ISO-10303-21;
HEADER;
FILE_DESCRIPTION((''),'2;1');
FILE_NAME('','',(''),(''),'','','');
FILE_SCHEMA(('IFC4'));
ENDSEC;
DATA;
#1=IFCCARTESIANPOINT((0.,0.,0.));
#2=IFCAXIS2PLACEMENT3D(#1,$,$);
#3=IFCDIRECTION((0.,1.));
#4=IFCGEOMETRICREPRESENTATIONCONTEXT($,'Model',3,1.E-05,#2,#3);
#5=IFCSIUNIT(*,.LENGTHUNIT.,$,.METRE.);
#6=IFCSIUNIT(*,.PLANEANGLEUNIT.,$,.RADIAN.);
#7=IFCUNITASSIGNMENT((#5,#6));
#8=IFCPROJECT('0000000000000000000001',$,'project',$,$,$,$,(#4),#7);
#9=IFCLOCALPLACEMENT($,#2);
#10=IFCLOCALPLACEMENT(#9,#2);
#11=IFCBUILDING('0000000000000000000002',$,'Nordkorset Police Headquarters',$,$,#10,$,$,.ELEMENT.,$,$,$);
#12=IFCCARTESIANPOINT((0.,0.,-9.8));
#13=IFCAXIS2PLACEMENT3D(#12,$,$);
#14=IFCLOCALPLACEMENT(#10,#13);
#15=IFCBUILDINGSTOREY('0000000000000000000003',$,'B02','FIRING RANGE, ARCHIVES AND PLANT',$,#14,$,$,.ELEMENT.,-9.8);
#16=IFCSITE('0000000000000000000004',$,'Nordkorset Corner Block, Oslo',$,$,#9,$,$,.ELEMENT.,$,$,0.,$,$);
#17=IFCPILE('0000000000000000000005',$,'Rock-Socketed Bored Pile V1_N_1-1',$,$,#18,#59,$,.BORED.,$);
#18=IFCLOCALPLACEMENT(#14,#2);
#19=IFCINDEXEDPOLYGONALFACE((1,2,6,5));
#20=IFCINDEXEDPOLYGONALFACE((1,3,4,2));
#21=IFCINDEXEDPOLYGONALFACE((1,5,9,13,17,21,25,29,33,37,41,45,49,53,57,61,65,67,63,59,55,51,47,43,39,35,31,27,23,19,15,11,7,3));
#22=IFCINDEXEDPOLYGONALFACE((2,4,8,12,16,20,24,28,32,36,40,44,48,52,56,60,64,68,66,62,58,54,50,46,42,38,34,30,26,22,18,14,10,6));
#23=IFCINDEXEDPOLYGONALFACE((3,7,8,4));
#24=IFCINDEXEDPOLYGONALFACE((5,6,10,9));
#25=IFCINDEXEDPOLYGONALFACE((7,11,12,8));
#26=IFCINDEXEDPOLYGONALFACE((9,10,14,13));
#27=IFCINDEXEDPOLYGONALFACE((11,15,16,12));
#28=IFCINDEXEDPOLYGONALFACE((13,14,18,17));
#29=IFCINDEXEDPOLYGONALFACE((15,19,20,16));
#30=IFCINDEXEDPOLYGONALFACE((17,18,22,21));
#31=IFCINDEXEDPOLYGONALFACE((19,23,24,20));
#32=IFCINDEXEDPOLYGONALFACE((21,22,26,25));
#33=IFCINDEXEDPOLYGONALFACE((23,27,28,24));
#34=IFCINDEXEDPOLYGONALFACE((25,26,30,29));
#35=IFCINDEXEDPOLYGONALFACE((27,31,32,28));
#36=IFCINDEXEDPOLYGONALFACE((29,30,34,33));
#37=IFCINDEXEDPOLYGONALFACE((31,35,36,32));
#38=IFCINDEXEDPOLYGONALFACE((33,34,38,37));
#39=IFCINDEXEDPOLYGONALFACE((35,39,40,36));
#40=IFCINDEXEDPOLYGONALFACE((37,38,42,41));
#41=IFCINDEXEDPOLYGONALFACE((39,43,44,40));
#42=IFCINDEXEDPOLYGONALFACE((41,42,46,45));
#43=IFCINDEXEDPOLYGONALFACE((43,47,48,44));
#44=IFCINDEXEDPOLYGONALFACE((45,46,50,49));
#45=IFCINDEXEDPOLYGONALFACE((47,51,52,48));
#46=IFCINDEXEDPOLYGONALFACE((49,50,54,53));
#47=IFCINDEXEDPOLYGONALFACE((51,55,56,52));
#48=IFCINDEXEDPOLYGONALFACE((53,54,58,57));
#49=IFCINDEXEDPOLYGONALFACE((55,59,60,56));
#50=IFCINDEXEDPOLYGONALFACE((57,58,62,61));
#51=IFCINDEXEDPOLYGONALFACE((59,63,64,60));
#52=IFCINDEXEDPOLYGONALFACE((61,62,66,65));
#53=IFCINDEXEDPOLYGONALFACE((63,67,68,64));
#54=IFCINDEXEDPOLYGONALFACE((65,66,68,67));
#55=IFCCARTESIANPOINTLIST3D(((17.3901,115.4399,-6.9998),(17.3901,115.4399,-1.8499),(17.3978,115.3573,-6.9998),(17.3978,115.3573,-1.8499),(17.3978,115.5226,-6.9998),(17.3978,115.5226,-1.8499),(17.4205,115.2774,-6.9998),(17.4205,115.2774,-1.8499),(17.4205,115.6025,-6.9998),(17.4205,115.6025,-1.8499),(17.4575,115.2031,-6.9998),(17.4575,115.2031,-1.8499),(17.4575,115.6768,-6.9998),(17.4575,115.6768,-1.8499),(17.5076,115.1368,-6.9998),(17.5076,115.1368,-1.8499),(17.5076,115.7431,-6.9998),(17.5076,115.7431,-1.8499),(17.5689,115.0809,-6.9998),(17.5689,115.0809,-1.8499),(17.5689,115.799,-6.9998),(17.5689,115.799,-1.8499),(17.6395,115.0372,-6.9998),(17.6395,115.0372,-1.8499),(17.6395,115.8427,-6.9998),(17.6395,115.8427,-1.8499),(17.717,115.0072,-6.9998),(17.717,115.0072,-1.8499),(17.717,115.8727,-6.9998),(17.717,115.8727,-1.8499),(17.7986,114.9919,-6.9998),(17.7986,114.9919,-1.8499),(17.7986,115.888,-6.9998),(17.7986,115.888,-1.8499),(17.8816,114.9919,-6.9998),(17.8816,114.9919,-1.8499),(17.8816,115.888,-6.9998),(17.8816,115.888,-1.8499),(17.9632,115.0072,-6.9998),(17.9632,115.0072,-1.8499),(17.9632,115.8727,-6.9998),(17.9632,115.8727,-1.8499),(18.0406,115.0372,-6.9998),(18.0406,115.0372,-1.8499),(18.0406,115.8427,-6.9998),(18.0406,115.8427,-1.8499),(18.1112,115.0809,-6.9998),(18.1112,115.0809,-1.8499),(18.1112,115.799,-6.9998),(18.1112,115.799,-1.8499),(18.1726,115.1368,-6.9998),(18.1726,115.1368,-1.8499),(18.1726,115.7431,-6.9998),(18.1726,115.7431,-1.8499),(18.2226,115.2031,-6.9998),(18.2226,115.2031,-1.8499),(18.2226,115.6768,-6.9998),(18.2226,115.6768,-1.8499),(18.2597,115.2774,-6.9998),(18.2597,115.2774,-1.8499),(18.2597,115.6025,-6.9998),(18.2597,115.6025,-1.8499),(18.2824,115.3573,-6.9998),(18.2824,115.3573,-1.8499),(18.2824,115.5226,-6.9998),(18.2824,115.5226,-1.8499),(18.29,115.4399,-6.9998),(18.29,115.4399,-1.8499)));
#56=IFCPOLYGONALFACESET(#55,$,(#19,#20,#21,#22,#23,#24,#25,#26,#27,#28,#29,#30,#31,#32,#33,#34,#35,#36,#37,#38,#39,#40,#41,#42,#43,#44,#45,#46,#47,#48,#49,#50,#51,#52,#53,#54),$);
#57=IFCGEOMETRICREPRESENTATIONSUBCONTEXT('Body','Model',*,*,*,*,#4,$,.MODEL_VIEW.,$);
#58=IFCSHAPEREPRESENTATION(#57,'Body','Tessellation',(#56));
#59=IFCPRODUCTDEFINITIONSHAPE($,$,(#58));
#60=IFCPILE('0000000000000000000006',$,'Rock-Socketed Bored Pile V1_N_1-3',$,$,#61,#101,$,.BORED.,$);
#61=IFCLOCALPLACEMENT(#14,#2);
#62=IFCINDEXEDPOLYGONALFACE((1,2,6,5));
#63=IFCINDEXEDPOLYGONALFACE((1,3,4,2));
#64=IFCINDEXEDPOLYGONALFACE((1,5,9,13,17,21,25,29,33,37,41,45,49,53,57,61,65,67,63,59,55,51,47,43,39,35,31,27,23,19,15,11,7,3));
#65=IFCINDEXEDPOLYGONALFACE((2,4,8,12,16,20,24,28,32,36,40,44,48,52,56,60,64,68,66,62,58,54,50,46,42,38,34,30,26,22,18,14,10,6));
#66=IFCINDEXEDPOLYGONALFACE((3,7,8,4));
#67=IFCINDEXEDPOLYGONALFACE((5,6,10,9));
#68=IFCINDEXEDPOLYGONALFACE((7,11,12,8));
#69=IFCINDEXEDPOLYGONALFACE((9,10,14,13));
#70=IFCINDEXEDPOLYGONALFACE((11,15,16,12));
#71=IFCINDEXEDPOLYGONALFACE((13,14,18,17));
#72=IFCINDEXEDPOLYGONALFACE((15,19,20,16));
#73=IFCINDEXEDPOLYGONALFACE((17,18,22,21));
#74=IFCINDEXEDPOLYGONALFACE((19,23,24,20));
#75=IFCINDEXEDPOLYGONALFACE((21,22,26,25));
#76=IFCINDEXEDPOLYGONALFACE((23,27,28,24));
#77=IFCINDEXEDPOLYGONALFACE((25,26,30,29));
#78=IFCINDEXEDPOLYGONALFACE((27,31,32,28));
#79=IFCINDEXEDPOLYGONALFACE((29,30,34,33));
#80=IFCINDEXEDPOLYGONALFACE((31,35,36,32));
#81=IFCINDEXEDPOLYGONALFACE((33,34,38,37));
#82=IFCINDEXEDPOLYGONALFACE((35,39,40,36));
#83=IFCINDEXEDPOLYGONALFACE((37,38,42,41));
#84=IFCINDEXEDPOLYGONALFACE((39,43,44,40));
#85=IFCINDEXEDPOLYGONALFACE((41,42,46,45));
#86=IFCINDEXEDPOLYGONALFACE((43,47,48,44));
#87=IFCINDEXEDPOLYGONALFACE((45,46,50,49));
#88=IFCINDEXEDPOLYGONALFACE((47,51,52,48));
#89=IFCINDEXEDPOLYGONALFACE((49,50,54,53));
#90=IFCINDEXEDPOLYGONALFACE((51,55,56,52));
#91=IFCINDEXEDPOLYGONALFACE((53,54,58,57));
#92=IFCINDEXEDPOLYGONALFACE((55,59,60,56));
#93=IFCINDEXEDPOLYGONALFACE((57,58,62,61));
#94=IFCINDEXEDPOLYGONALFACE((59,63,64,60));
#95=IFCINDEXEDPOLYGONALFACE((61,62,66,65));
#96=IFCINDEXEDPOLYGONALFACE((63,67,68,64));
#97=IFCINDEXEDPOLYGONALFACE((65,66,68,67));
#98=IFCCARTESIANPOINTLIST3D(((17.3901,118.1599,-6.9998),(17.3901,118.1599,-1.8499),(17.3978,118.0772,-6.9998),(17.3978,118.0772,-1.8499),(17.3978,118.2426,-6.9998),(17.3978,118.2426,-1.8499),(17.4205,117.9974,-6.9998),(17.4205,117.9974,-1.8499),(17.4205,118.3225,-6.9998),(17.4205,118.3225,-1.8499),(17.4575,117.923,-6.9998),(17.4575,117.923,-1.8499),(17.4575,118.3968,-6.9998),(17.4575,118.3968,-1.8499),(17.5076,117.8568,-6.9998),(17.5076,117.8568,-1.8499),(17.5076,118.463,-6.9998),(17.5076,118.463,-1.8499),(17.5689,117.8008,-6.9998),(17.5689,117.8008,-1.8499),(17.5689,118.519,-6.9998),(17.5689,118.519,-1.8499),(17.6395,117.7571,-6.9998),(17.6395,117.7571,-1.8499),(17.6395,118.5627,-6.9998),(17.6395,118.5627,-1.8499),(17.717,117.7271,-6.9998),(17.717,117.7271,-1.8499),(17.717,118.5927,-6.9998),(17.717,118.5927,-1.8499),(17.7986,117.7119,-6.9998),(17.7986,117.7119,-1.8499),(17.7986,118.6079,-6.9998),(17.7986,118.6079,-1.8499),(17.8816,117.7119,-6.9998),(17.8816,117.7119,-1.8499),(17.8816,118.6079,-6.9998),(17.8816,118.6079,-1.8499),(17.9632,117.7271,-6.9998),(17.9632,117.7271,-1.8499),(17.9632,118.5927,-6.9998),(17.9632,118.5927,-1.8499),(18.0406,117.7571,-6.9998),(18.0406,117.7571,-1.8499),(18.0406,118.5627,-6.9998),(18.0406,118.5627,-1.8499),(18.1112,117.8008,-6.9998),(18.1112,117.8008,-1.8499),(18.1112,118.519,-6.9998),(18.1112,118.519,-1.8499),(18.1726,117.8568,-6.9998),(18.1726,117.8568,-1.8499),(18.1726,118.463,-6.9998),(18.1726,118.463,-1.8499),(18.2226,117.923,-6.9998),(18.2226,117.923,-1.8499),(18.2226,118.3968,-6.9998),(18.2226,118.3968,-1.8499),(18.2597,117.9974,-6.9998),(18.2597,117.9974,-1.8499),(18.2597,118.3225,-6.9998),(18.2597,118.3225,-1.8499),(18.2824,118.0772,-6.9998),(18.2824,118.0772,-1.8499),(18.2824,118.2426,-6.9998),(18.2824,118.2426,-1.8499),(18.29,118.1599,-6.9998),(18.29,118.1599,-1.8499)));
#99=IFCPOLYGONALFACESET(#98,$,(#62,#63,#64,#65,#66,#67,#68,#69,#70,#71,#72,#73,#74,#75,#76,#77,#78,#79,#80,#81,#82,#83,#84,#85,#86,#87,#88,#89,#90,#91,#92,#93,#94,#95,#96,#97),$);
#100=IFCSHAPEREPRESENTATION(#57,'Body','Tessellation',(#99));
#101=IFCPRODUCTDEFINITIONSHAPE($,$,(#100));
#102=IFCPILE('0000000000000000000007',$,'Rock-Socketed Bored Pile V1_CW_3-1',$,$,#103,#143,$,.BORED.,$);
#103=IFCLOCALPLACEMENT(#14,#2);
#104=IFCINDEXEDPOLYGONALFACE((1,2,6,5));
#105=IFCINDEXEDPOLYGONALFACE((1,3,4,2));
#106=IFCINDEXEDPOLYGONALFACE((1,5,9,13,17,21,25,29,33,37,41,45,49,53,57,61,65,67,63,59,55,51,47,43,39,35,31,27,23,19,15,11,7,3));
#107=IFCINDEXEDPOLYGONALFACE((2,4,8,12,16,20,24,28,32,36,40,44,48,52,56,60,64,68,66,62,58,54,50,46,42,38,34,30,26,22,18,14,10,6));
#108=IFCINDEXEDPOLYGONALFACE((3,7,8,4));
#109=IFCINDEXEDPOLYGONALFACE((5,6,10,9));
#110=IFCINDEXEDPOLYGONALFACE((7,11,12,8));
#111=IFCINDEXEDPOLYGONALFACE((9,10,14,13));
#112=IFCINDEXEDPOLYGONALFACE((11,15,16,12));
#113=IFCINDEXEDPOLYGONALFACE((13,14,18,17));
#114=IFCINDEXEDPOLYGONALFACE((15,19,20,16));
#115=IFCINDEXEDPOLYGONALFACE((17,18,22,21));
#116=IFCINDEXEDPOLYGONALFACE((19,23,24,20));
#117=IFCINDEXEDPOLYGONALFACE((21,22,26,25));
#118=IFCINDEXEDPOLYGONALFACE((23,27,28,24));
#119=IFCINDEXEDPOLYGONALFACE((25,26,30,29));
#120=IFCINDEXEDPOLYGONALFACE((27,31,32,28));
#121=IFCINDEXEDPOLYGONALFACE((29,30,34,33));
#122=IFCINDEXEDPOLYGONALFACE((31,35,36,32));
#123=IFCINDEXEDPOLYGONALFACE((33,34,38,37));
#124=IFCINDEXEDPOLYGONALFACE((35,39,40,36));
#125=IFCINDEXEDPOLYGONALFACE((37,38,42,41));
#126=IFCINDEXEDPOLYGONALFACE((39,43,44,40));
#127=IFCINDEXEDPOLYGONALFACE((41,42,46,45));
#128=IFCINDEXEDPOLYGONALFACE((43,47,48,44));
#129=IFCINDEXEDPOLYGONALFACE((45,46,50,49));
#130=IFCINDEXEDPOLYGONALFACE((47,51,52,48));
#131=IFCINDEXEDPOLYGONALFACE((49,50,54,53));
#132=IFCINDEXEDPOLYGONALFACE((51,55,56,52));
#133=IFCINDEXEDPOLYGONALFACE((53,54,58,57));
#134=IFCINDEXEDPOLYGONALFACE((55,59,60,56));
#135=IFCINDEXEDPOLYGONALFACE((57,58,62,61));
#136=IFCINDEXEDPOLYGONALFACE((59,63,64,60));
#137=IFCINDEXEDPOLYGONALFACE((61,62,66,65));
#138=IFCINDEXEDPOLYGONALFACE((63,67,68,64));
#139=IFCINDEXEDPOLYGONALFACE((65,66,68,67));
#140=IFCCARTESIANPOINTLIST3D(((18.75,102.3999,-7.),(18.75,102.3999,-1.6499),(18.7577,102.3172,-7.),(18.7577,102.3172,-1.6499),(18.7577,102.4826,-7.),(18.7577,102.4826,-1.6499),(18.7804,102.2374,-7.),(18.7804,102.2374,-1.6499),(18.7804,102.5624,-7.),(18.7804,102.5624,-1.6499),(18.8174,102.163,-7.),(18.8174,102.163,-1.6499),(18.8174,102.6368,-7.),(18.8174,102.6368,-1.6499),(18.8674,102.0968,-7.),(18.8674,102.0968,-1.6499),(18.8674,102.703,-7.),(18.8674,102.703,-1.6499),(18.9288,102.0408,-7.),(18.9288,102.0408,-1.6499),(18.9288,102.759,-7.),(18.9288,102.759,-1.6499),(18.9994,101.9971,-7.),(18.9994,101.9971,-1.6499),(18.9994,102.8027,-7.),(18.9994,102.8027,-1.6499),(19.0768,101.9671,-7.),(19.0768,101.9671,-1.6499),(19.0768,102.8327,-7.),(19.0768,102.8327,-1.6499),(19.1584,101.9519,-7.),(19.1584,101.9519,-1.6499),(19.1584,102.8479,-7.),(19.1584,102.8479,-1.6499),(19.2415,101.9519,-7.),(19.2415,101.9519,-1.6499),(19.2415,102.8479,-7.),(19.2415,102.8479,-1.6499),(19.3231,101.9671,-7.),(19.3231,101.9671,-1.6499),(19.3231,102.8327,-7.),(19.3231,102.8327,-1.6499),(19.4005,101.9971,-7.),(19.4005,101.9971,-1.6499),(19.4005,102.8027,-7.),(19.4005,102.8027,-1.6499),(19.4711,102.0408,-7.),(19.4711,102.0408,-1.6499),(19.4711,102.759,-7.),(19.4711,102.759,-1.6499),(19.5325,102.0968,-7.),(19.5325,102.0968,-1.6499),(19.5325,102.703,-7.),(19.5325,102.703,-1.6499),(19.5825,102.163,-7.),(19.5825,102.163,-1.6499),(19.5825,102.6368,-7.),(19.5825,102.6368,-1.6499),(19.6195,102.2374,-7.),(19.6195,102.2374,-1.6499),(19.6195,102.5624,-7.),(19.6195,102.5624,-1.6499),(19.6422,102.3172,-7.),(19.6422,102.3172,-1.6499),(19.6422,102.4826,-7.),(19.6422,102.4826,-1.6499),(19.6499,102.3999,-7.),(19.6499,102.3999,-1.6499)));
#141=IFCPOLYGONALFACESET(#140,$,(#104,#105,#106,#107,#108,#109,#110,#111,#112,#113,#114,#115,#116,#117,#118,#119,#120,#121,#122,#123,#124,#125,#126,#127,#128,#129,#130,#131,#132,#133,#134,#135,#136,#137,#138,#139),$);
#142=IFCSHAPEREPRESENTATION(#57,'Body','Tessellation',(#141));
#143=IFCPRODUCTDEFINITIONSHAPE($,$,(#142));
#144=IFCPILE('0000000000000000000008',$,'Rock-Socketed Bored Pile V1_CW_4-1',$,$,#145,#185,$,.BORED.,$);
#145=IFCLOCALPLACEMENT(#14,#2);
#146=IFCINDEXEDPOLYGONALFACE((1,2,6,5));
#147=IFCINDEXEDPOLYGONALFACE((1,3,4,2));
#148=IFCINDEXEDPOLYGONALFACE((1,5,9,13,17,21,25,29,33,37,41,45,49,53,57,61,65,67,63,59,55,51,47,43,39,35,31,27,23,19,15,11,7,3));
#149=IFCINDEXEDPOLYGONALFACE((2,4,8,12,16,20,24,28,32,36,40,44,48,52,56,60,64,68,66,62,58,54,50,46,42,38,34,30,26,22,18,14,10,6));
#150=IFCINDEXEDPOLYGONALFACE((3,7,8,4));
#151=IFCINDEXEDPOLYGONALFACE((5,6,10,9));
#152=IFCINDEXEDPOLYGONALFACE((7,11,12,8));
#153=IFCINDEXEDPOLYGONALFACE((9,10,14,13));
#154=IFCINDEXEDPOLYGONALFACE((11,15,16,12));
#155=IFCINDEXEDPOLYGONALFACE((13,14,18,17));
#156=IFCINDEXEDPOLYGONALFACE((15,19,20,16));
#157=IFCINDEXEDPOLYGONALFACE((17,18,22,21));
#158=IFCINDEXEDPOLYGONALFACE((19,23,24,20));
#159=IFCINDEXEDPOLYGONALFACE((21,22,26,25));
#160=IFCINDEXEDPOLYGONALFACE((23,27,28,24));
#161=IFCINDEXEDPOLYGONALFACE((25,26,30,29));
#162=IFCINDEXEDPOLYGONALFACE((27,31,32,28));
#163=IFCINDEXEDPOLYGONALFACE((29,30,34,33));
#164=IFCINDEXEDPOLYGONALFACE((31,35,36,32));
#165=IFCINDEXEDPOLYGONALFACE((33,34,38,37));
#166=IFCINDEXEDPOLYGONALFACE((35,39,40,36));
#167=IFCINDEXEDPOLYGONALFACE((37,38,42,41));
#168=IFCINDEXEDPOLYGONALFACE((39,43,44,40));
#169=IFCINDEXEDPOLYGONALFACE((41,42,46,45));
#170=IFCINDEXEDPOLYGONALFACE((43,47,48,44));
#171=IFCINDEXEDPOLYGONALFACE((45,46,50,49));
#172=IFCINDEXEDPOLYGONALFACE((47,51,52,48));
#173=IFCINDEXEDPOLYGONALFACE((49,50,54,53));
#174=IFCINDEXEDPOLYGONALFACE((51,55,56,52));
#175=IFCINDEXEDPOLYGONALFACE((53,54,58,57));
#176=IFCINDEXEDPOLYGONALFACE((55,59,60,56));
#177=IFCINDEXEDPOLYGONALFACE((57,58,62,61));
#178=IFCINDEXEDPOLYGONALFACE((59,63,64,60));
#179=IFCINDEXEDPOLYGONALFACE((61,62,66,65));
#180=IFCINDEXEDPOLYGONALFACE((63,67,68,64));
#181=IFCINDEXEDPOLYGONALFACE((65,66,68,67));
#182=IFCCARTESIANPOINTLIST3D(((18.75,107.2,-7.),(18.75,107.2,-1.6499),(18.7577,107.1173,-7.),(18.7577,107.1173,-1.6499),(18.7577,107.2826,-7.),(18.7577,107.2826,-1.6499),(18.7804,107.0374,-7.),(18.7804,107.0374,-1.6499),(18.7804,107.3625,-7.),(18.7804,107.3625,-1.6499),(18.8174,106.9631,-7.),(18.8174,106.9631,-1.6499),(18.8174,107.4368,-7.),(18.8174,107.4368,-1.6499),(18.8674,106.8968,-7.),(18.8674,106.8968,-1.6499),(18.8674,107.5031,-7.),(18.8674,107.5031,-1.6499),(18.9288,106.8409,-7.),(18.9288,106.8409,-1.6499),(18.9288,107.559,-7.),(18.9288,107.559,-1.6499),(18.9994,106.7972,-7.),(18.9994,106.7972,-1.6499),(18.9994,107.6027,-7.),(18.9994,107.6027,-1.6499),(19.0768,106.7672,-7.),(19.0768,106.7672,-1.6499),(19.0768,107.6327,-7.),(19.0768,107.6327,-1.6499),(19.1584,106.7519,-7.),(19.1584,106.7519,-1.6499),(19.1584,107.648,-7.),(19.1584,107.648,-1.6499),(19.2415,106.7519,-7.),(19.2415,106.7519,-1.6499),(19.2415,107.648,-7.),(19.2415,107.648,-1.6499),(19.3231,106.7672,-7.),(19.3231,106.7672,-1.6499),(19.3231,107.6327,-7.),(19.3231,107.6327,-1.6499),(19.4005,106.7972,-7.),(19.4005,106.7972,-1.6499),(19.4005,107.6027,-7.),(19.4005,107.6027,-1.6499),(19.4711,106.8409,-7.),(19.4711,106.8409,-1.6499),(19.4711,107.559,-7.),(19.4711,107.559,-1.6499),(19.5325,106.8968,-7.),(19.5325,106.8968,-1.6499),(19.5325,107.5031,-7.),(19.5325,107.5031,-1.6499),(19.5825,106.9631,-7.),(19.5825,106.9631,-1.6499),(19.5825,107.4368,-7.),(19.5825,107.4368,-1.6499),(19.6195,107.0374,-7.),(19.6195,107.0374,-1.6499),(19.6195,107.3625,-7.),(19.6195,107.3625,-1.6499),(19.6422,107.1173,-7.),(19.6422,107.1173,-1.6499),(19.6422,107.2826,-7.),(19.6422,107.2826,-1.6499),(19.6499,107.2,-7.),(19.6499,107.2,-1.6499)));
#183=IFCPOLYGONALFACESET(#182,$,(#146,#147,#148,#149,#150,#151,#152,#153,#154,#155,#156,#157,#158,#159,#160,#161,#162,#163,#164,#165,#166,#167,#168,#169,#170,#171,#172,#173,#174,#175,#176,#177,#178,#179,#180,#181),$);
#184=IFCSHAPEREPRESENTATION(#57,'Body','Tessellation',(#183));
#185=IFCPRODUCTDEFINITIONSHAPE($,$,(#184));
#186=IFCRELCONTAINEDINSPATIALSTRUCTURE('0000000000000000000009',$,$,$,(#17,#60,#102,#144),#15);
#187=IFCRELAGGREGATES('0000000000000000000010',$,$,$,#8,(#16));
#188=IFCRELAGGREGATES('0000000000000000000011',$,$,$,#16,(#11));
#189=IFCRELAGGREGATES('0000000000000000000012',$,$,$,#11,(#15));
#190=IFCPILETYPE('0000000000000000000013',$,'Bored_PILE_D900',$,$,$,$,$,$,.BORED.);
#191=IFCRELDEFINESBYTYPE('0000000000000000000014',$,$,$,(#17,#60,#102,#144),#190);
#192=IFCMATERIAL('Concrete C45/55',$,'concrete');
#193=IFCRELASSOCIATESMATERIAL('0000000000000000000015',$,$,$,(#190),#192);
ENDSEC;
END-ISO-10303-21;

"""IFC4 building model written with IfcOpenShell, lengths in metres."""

from ifc_helpers import new_model, si_unit, direction, frame, origin, origin_2d, place, context, subcontext, project, spatial, circle, extrude, material, material_profile, profile_set, type_object, element, save


model = new_model("IFC4")

# Units and contexts
model_context = context("Model", 3, precision=1e-05, world=origin(), true_north=direction((0.0, 1.0)))
body_context = subcontext(model_context, "Body", "Model", "MODEL_VIEW")
ifc_project = project(units=[si_unit("LENGTHUNIT", "METRE"), si_unit("PLANEANGLEUNIT", "RADIAN")], contexts=[model_context])

# Site, building, storey
site_placement = place(None, origin())
site = spatial("IfcSite", under=ifc_project, at=site_placement, Name="Nordkorset Corner Block, Oslo", CompositionType="ELEMENT", RefElevation=0.0)
building_placement = place(site_placement, origin())
building = spatial("IfcBuilding", under=site, at=building_placement, Name="Nordkorset Police Headquarters", CompositionType="ELEMENT")
storey_placement = place(building_placement, frame((0.0, 0.0, -9.8)))
storey = spatial("IfcBuildingStorey", under=building, at=storey_placement, Name="B02", Description="FIRING RANGE, ARCHIVES AND PLANT", CompositionType="ELEMENT", Elevation=-9.8)

# Piles
ifc_material_1 = material(Name="Concrete C45/55", Category="concrete")
ifc_material_profile_1 = material_profile(ifc_material_1, circle(Radius=0.45, at=origin_2d()), Name="PILE D900")
ifc_profile_set_1 = profile_set([ifc_material_profile_1], Name="Concrete C45/55")
pile_type = type_object("IfcPileType", Name="Bored_PILE_D900", PredefinedType="BORED", material=ifc_profile_set_1)
for number, where, z_axis, x_axis, name in (
    (1, (17.8401, 115.4399, -1.8499), (0.0, 0.0, -1.0), (1.0, 0.0, 0.0), "Rock-Socketed Bored Pile V1_N_1-1"),
    (2, (17.8401, 118.1599, -1.8499), (0.0, 0.0, -1.0), (1.0, 0.0, 0.0), "Rock-Socketed Bored Pile V1_N_1-3"),
):
    element("IfcPile", number, at=place(storey_placement, frame(where, z_axis=z_axis, x_axis=x_axis)), inside=storey, type_object=pile_type, Name=name, PredefinedType="BORED", context=body_context, shape_type="SweptSolid", body=[
        extrude(circle(Radius=0.45, at=origin_2d()), origin(), (0.0, 0.0, 1.0), 5.1499),
    ])
for number, where, z_axis, x_axis, name in (
    (3, (19.2, 102.3999, -1.6499), (0.0, 0.0, -1.0), (1.0, 0.0, 0.0), "Rock-Socketed Bored Pile V1_CW_3-1"),
    (4, (19.2, 107.2, -1.6499), (0.0, 0.0, -1.0), (1.0, 0.0, 0.0), "Rock-Socketed Bored Pile V1_CW_4-1"),
):
    element("IfcPile", number, at=place(storey_placement, frame(where, z_axis=z_axis, x_axis=x_axis)), inside=storey, type_object=pile_type, Name=name, PredefinedType="BORED", context=body_context, shape_type="SweptSolid", body=[
        extrude(circle(Radius=0.45, at=origin_2d()), origin(), (0.0, 0.0, 1.0), 5.3501),
    ])

save(model, "model.ifc")
